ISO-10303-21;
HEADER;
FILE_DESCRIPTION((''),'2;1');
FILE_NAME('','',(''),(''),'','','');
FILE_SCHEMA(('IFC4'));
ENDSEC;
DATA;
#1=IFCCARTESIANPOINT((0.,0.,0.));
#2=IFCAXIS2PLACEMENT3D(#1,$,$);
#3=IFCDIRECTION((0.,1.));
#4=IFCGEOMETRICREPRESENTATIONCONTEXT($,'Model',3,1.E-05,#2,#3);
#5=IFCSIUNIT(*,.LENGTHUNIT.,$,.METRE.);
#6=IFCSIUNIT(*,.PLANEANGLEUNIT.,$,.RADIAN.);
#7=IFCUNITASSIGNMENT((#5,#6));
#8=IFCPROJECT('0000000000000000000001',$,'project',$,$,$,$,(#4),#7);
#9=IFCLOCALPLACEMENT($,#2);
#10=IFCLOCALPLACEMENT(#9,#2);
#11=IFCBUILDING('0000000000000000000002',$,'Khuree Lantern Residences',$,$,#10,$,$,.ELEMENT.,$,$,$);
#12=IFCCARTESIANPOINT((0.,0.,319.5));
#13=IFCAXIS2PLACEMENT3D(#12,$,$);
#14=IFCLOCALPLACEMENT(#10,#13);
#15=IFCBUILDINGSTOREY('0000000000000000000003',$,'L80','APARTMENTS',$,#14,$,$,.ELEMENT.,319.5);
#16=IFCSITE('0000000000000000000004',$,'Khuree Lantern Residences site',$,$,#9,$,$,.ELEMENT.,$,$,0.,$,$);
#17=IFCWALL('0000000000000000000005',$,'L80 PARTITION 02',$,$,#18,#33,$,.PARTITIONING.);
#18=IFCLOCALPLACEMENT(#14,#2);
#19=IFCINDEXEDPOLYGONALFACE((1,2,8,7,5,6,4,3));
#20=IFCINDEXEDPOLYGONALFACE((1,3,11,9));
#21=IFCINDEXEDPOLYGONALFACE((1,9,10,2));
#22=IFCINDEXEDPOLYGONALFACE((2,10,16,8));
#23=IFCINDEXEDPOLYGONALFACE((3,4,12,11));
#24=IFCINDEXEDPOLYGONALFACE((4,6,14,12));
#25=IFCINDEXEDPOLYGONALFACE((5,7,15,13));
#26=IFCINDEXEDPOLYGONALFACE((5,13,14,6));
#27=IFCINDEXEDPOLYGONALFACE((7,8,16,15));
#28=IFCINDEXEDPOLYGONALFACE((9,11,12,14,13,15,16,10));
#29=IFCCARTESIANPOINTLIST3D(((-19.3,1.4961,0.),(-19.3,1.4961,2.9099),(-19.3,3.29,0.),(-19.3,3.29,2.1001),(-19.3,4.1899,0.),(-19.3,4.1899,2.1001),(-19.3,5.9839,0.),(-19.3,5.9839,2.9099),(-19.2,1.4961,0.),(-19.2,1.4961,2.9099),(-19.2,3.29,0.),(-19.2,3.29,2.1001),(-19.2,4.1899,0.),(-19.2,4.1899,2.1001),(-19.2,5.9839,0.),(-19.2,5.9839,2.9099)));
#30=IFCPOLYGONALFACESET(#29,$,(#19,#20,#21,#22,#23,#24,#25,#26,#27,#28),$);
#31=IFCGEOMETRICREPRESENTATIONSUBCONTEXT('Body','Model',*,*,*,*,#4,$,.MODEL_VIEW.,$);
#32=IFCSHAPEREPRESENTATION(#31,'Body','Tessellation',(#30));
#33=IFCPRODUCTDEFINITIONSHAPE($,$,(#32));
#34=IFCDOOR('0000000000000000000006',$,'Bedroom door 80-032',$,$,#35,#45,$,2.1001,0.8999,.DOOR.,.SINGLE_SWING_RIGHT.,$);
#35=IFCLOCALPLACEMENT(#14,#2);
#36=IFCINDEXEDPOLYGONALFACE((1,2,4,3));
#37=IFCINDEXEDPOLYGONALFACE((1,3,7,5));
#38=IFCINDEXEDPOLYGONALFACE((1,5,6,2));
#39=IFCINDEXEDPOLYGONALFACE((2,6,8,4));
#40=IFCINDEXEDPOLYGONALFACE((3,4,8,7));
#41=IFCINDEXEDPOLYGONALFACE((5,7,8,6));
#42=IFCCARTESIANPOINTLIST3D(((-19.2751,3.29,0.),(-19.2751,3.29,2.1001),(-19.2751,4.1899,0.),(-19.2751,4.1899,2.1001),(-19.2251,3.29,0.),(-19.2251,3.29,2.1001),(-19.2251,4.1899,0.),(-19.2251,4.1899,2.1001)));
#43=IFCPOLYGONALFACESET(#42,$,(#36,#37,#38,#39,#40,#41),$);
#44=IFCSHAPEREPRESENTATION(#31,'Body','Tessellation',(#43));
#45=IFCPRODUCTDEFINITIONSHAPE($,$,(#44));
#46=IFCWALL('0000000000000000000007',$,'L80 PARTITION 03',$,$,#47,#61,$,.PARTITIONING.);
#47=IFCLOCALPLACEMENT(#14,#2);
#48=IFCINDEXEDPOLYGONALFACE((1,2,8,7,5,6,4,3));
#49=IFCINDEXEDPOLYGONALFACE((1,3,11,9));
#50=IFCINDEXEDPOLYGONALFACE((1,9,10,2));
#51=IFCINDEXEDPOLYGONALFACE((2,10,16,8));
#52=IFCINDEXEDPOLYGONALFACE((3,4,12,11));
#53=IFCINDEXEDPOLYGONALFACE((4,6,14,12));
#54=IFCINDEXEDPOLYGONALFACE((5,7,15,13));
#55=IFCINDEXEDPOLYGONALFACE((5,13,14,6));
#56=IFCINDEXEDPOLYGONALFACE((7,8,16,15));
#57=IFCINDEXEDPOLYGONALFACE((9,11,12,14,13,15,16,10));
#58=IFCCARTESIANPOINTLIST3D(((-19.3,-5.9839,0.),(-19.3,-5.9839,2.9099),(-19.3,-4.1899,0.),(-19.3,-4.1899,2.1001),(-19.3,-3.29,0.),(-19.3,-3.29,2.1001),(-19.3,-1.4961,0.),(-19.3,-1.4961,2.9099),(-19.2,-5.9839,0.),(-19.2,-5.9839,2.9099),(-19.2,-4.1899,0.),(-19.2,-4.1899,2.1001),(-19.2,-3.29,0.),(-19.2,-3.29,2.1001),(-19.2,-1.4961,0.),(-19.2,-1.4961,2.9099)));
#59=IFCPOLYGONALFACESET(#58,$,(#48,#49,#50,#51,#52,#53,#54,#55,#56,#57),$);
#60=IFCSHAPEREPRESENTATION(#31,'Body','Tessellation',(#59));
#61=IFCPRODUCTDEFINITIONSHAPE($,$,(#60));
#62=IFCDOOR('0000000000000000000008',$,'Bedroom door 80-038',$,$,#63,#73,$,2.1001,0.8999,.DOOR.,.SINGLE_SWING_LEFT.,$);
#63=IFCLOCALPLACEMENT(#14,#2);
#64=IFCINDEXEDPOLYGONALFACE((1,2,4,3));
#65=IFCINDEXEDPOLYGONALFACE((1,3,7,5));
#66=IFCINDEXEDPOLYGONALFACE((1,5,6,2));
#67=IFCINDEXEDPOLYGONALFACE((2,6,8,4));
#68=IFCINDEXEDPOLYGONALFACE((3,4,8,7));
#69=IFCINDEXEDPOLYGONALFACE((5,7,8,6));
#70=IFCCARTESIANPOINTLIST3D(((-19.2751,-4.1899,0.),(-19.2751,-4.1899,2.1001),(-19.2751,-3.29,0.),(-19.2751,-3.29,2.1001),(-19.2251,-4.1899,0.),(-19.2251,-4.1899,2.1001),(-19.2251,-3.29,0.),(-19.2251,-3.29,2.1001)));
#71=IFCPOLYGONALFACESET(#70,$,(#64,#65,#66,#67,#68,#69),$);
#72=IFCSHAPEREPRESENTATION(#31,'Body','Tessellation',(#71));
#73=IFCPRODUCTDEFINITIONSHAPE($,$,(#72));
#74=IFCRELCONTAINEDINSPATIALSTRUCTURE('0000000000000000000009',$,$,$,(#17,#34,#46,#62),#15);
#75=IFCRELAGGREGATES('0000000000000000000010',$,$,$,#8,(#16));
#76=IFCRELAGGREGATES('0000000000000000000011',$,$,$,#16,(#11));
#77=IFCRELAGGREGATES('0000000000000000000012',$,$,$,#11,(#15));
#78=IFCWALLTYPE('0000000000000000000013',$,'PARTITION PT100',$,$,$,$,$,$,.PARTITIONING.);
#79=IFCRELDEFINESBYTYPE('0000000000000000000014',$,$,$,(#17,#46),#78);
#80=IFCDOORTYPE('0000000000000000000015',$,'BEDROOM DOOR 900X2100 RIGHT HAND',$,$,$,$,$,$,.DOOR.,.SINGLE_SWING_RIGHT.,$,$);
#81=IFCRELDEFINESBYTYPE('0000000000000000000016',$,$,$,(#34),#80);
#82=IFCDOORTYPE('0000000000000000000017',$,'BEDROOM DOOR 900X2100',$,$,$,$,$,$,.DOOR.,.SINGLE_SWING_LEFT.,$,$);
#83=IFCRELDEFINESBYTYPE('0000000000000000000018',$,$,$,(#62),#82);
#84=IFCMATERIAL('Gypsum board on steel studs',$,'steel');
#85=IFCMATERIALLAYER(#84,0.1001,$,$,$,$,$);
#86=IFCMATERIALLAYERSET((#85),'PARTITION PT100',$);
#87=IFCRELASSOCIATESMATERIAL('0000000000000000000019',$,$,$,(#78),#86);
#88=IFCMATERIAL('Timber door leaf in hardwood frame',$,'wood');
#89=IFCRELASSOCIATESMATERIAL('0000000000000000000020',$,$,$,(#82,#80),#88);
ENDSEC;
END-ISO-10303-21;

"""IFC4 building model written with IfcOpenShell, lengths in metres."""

from ifc_helpers import new_model, si_unit, direction, frame, frame_2d, origin, place, context, subcontext, project, spatial, rectangle, extrude, material, layer, layer_set, type_object, element, fill, save


model = new_model("IFC4")

# Units and contexts
model_context = context("Model", 3, precision=1e-05, world=origin(), true_north=direction((0.0, 1.0)))
body_context = subcontext(model_context, "Body", "Model", "MODEL_VIEW")
ifc_project = project(units=[si_unit("LENGTHUNIT", "METRE"), si_unit("PLANEANGLEUNIT", "RADIAN")], contexts=[model_context])

# Site, building, storey
site_placement = place(None, origin())
site = spatial("IfcSite", under=ifc_project, at=site_placement, Name="Khuree Lantern Residences site", CompositionType="ELEMENT", RefElevation=0.0)
building_placement = place(site_placement, origin())
building = spatial("IfcBuilding", under=site, at=building_placement, Name="Khuree Lantern Residences", CompositionType="ELEMENT")
storey_placement = place(building_placement, frame((0.0, 0.0, 319.5)))
storey = spatial("IfcBuildingStorey", under=building, at=storey_placement, Name="L80", Description="APARTMENTS", CompositionType="ELEMENT", Elevation=319.5)

# Shared definitions
ifc_material_1 = material(Name="Gypsum board on steel studs", Category="steel")

# Shared definitions
ifc_material_2 = material(Name="Timber door leaf in hardwood frame", Category="wood")

# Shared definitions
ifc_layer_1 = layer(ifc_material_1, 0.1001)
ifc_layer_set_1 = layer_set([ifc_layer_1], Name="PARTITION PT100")
wall_type_1 = type_object("IfcWallType", Name="PARTITION PT100", PredefinedType="PARTITIONING", material=ifc_layer_set_1)

# Walls, openings, doors
door_type_1 = type_object("IfcDoorType", Name="BEDROOM DOOR 900X2100", OperationType="SINGLE_SWING_LEFT", PredefinedType="DOOR", material=ifc_material_2)
wall_1_placement = place(storey_placement, frame((-19.25, 5.9839, 0.0), z_axis=(0.0, 0.0, 1.0), x_axis=(0.0, -1.0, 0.0)))
wall_1 = element("IfcWall", 1, at=wall_1_placement, inside=storey, type_object=wall_type_1, Name="L80 PARTITION 02", PredefinedType="PARTITIONING", context=body_context, shape_type="SweptSolid", body=[
    extrude(rectangle(XDim=4.4878, YDim=0.1001, at=frame_2d((2.2439, 0.0))), origin(), (0.0, 0.0, 1.0), 2.9099),
])
opening_1_placement = place(wall_1_placement, frame((1.7939, 0.0, 0.0)))
opening_1 = element("IfcOpeningElement", 2, at=opening_1_placement, cuts=wall_1, PredefinedType="OPENING", context=body_context, shape_type="SweptSolid", body=[
    extrude(rectangle(XDim=0.8999, YDim=2.1001, at=frame_2d((0.45, 1.05))), frame((0.0, 0.0601, 0.0), z_axis=(0.0, -1.0, 0.0), x_axis=(1.0, 0.0, 0.0)), (0.0, 0.0, 1.0), 0.1201),
])
door_type_2 = type_object("IfcDoorType", Name="BEDROOM DOOR 900X2100 RIGHT HAND", OperationType="SINGLE_SWING_RIGHT", PredefinedType="DOOR", material=ifc_material_2)
door_1_placement = place(opening_1_placement, origin())
door_1 = element("IfcDoor", 3, at=door_1_placement, inside=storey, type_object=door_type_2, Name="Bedroom door 80-032", OperationType="SINGLE_SWING_RIGHT", OverallHeight=2.1001, OverallWidth=0.8999, PredefinedType="DOOR", context=body_context, shape_type="SweptSolid", body=[
    extrude(rectangle(XDim=0.8999, YDim=2.1001, at=frame_2d((0.45, 1.05))), frame((0.0, 0.0249, 0.0), z_axis=(0.0, -1.0, 0.0), x_axis=(1.0, 0.0, 0.0)), (0.0, 0.0, 1.0), 0.05),
])
fill(opening_1, door_1)
wall_2_placement = place(storey_placement, frame((-19.25, -1.4961, 0.0), z_axis=(0.0, 0.0, 1.0), x_axis=(0.0, -1.0, 0.0)))
wall_2 = element("IfcWall", 4, at=wall_2_placement, inside=storey, type_object=wall_type_1, Name="L80 PARTITION 03", PredefinedType="PARTITIONING", context=body_context, shape_type="SweptSolid", body=[
    extrude(rectangle(XDim=4.4878, YDim=0.1001, at=frame_2d((2.2439, 0.0))), origin(), (0.0, 0.0, 1.0), 2.9099),
])
opening_2_placement = place(wall_2_placement, frame((1.7939, 0.0, 0.0)))
opening_2 = element("IfcOpeningElement", 5, at=opening_2_placement, cuts=wall_2, PredefinedType="OPENING", context=body_context, shape_type="SweptSolid", body=[
    extrude(rectangle(XDim=0.8999, YDim=2.1001, at=frame_2d((0.45, 1.05))), frame((0.0, 0.0601, 0.0), z_axis=(0.0, -1.0, 0.0), x_axis=(1.0, 0.0, 0.0)), (0.0, 0.0, 1.0), 0.1201),
])
door_2_placement = place(opening_2_placement, origin())
door_2 = element("IfcDoor", 6, at=door_2_placement, inside=storey, type_object=door_type_1, Name="Bedroom door 80-038", OperationType="SINGLE_SWING_LEFT", OverallHeight=2.1001, OverallWidth=0.8999, PredefinedType="DOOR", context=body_context, shape_type="SweptSolid", body=[
    extrude(rectangle(XDim=0.8999, YDim=2.1001, at=frame_2d((0.45, 1.05))), frame((0.0, 0.0249, 0.0), z_axis=(0.0, -1.0, 0.0), x_axis=(1.0, 0.0, 0.0)), (0.0, 0.0, 1.0), 0.05),
])
fill(opening_2, door_2)

save(model, "model.ifc")
